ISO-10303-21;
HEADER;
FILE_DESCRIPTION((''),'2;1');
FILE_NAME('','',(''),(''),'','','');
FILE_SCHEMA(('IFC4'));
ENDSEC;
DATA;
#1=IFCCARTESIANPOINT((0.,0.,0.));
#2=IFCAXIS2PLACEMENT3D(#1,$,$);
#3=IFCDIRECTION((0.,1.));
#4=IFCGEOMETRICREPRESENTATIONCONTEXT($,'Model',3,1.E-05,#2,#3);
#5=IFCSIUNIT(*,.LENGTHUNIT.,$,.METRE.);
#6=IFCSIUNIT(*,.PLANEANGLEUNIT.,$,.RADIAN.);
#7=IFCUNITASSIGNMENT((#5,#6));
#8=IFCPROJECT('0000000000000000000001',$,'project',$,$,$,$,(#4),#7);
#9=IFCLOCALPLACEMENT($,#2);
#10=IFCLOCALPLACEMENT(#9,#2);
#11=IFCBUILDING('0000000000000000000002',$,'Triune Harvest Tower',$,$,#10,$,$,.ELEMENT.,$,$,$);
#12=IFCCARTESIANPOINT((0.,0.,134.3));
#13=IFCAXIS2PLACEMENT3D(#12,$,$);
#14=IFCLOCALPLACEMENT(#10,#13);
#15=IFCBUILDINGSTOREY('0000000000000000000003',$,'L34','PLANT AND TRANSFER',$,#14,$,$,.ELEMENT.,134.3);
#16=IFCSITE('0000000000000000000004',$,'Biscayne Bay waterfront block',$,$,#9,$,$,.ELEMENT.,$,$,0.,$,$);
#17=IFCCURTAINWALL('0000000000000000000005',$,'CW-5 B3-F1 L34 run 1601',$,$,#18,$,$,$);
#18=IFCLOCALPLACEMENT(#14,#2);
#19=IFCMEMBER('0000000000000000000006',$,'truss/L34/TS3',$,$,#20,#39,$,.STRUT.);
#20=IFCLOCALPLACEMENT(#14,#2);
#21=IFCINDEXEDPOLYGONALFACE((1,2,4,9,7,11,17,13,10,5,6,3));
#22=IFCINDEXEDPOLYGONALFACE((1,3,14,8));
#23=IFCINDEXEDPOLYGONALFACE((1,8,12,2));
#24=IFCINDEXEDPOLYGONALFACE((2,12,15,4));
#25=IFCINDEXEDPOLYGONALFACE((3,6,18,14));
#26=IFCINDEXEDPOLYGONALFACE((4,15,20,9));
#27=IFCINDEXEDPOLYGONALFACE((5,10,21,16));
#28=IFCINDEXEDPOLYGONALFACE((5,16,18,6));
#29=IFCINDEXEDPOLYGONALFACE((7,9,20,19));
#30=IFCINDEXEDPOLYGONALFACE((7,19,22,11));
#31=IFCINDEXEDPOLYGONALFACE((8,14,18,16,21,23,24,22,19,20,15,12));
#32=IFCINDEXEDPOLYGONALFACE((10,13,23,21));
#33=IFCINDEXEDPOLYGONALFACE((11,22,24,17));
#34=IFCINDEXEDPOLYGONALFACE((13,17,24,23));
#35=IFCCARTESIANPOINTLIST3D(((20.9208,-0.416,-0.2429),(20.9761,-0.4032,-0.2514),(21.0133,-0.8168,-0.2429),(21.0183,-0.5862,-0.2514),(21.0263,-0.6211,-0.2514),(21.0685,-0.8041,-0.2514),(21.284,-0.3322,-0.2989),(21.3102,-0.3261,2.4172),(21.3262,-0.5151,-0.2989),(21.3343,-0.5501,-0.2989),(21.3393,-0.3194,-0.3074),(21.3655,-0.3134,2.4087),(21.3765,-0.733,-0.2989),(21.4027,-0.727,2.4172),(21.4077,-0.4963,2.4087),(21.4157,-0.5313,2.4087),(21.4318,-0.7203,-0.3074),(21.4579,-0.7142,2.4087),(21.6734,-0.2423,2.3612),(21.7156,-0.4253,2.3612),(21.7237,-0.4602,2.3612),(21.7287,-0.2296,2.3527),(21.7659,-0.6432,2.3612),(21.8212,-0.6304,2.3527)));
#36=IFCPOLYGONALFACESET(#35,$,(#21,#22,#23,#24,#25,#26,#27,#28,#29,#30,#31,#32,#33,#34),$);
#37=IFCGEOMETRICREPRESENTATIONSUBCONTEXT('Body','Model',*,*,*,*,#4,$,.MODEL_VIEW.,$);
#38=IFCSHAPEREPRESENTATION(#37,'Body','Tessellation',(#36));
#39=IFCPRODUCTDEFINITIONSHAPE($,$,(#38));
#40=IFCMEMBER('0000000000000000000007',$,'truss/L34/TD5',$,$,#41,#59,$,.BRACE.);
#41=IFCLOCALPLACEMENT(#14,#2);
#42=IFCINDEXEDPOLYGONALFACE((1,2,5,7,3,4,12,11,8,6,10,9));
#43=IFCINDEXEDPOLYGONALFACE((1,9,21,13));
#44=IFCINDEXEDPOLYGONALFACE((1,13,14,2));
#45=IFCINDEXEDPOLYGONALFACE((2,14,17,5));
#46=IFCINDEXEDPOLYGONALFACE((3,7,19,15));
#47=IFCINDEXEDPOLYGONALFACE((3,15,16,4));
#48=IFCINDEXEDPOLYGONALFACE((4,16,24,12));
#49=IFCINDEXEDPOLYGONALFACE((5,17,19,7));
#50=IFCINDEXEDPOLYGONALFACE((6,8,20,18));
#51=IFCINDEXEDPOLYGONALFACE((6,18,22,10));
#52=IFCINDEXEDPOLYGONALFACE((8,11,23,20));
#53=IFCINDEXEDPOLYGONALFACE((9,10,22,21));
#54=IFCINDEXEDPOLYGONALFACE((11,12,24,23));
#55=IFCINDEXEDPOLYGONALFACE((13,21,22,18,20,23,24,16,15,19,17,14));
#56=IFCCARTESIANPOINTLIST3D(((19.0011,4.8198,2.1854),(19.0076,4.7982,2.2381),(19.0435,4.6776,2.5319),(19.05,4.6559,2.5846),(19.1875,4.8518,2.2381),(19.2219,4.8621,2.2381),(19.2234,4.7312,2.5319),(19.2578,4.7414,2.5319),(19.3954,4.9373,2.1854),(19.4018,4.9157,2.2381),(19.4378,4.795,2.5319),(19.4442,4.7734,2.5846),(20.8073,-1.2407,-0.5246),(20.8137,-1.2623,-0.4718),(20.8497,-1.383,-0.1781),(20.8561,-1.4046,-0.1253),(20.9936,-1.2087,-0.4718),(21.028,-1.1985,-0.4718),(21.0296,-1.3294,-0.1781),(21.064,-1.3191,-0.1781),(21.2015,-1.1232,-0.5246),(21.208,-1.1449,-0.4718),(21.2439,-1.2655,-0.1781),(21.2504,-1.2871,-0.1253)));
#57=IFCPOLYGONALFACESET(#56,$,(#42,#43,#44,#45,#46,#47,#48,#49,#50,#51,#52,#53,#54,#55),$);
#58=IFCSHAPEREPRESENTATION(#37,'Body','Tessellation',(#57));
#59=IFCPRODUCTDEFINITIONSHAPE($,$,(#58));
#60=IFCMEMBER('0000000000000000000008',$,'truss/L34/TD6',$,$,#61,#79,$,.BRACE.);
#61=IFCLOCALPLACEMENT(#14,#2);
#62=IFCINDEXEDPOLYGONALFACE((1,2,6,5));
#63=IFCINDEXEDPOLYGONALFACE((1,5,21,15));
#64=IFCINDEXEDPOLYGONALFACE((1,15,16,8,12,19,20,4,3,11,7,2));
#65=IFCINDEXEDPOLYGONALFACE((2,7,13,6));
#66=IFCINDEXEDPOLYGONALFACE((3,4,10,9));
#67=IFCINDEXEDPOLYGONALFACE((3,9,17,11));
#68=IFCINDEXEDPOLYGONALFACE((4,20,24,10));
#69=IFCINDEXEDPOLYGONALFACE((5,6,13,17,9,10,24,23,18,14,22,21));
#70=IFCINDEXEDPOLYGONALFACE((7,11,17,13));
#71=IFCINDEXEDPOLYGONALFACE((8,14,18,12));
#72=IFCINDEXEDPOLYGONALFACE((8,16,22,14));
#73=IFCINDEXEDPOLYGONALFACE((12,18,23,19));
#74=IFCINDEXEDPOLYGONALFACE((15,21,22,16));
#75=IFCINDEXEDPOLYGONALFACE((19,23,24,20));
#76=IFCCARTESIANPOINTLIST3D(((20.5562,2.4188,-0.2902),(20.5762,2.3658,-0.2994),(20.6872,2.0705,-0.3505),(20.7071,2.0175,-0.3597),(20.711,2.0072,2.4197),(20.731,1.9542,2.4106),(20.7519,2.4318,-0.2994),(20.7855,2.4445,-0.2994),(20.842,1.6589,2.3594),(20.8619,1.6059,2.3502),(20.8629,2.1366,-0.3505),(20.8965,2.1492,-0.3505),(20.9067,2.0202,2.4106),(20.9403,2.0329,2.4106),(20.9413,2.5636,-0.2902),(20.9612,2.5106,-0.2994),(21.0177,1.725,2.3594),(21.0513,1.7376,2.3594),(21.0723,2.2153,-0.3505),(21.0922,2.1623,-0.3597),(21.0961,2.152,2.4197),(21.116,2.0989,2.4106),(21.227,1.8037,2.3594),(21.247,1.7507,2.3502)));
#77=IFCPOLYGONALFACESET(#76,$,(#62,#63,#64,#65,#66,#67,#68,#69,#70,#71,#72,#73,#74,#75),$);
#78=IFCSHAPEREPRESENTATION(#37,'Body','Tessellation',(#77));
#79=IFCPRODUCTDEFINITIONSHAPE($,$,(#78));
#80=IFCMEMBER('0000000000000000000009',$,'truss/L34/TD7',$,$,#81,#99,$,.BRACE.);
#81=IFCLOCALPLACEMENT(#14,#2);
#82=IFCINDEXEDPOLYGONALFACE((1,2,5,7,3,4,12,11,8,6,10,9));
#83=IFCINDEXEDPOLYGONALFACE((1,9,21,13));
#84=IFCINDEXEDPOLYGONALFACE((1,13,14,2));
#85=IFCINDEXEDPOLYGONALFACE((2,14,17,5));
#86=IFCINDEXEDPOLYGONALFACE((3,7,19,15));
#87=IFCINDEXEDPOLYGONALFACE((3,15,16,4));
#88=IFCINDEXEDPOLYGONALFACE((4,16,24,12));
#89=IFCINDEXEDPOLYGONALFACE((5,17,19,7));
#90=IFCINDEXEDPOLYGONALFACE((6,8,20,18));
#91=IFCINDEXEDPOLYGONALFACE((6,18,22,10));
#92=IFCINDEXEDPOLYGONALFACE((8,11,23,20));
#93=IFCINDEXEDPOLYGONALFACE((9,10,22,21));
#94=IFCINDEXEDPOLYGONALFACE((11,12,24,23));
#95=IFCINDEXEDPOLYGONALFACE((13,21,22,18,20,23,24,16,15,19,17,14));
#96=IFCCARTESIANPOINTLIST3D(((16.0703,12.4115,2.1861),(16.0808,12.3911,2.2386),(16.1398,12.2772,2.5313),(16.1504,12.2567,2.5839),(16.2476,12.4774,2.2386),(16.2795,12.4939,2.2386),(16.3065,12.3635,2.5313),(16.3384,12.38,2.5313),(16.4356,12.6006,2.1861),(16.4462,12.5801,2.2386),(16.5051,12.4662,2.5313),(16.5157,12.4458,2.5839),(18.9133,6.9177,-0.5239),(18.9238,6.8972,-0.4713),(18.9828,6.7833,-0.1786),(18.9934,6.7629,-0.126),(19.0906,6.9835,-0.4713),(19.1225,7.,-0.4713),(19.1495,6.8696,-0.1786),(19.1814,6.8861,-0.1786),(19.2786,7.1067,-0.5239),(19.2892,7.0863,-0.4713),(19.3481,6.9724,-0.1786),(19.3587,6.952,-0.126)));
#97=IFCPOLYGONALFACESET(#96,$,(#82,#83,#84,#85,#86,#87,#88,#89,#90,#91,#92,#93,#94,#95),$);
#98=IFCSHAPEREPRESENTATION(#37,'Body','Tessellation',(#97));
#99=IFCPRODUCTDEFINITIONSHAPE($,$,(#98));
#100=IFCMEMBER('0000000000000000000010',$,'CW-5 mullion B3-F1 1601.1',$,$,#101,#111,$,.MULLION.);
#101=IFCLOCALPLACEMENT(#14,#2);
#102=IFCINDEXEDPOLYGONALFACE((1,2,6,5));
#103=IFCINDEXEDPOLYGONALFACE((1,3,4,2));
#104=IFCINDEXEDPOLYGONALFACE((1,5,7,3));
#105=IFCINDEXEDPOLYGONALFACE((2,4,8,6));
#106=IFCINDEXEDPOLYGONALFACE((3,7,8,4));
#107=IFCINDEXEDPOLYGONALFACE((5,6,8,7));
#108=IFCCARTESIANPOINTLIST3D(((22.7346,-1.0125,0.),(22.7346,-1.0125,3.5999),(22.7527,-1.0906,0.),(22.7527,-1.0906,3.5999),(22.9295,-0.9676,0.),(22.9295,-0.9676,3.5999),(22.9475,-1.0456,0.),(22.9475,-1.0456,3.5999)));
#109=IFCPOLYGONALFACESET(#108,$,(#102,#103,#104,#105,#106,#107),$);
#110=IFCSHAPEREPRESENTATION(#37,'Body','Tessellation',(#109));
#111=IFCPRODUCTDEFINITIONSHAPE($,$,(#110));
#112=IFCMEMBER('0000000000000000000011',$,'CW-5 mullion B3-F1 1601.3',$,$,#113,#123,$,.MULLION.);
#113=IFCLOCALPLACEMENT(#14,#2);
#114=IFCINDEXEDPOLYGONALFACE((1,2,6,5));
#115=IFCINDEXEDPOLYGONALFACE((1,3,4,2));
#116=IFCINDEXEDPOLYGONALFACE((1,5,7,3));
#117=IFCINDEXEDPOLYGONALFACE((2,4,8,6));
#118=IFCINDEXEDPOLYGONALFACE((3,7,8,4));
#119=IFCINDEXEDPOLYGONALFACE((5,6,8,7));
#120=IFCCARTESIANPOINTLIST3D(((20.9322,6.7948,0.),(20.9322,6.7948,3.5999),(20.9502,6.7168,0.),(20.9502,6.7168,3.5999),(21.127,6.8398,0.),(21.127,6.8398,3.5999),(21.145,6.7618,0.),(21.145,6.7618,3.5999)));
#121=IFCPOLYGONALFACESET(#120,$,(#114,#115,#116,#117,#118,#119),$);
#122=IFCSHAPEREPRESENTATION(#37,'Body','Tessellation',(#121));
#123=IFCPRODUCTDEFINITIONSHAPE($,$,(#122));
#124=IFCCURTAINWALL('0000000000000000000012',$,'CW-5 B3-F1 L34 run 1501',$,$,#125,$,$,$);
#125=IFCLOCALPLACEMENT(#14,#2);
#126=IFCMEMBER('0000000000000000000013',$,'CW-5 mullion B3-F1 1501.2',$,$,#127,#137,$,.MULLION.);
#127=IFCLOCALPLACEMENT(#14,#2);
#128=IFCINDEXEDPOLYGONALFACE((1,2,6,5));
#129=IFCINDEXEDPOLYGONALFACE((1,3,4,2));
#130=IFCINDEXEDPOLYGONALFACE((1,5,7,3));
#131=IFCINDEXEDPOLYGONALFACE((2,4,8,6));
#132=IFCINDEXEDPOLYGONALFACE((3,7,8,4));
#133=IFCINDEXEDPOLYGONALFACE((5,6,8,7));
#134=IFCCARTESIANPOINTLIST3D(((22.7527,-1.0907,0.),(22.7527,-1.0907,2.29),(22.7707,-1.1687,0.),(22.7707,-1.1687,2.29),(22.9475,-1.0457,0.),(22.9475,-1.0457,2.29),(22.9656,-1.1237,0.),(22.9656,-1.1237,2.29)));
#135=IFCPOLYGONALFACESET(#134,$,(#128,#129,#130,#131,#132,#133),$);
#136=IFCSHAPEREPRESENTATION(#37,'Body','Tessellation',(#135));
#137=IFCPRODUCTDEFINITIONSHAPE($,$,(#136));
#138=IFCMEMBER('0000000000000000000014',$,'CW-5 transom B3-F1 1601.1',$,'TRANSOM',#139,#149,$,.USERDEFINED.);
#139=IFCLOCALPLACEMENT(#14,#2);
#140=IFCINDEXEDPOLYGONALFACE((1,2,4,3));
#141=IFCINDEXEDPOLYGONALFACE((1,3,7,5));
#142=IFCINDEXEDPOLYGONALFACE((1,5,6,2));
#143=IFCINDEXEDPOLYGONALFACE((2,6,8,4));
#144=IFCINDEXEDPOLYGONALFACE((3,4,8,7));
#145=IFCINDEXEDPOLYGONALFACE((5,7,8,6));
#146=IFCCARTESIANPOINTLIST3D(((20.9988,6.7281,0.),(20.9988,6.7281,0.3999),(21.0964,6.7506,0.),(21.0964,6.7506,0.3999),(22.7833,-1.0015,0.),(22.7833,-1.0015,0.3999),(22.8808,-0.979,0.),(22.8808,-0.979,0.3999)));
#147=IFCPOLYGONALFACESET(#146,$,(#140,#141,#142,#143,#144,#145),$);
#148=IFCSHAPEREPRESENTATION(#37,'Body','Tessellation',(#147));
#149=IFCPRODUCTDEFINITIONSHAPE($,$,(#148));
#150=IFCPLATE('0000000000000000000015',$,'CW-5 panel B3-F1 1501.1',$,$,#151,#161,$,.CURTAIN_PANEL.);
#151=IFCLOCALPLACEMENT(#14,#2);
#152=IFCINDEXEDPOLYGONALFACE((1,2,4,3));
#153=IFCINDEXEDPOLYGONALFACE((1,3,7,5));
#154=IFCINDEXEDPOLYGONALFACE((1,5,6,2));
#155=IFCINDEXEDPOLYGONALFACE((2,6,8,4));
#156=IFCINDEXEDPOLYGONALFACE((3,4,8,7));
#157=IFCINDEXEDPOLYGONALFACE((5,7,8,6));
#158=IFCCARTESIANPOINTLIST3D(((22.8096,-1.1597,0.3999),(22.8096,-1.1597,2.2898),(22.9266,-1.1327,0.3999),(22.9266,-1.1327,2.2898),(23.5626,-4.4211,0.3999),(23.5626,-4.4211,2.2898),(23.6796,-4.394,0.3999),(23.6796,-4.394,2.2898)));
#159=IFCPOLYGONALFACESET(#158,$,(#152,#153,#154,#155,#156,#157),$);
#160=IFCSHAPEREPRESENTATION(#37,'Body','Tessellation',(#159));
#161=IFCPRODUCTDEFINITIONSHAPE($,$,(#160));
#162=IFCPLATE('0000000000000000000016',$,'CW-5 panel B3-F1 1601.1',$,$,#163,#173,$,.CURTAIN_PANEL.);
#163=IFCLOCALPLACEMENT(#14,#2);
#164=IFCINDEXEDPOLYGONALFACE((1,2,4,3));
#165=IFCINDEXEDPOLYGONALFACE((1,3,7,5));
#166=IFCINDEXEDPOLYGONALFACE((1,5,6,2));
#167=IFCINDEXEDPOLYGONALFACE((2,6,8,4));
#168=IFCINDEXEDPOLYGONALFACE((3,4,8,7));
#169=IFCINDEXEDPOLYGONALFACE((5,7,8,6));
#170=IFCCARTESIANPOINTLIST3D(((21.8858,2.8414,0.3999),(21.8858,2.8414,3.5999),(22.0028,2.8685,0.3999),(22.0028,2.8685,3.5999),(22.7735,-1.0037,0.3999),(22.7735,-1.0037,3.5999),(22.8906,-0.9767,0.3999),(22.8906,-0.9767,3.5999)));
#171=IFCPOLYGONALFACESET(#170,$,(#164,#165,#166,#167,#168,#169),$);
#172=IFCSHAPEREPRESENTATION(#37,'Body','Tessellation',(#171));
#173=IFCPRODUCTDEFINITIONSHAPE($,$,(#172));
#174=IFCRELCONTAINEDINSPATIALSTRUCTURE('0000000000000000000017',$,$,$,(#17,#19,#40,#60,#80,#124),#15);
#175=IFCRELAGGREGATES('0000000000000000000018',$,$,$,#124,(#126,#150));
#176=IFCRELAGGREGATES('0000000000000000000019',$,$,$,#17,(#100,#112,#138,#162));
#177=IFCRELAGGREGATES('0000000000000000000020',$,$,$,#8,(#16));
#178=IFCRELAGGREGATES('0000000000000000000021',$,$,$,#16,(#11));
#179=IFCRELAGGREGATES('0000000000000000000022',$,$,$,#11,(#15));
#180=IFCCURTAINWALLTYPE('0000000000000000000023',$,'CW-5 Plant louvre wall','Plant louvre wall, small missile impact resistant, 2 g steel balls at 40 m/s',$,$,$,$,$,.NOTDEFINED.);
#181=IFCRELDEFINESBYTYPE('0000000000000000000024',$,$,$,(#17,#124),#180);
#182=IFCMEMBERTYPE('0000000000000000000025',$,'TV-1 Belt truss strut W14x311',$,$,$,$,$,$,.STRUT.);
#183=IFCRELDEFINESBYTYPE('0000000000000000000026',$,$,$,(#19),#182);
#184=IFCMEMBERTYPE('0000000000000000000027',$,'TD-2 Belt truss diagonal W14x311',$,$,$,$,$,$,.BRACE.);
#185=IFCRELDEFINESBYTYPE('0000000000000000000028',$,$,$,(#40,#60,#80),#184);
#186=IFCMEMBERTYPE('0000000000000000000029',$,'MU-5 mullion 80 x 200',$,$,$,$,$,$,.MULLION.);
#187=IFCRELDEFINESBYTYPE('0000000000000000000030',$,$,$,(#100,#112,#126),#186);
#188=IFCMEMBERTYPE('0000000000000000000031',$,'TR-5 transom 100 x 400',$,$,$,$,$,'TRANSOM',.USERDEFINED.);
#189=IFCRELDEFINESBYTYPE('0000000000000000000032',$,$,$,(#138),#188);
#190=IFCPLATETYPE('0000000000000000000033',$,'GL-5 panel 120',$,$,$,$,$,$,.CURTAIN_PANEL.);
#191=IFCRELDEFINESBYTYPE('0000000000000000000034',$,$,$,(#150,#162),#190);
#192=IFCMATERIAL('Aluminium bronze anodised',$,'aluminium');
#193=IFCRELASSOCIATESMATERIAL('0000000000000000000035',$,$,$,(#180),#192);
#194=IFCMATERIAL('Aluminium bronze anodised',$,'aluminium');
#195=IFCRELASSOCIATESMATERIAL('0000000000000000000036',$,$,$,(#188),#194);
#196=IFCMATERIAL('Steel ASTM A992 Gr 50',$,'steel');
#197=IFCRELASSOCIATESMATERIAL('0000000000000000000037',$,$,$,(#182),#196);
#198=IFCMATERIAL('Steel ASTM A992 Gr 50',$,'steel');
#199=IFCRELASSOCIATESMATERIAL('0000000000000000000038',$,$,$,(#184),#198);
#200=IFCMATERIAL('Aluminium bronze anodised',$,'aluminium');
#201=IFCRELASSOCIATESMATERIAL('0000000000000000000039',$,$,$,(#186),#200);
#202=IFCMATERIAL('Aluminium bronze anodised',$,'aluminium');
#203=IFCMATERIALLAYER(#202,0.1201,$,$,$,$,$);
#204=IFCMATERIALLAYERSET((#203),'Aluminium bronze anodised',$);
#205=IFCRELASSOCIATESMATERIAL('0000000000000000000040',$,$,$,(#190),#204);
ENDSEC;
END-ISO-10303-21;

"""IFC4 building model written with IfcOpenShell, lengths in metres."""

from ifc_helpers import new_model, si_unit, direction, frame, origin, origin_2d, place, context, subcontext, project, spatial, rectangle, i_section, extrude, source, transform, mapped, material, layer, layer_set, material_profile, profile_set, type_object, element, aggregate, save


model = new_model("IFC4")

# Units and contexts
model_context = context("Model", 3, precision=1e-05, world=origin(), true_north=direction((0.0, 1.0)))
body_context = subcontext(model_context, "Body", "Model", "MODEL_VIEW")
ifc_project = project(units=[si_unit("LENGTHUNIT", "METRE"), si_unit("PLANEANGLEUNIT", "RADIAN")], contexts=[model_context])

# Site, building, storey
site_placement = place(None, origin())
site = spatial("IfcSite", under=ifc_project, at=site_placement, Name="Biscayne Bay waterfront block", CompositionType="ELEMENT", RefElevation=0.0)
building_placement = place(site_placement, origin())
building = spatial("IfcBuilding", under=site, at=building_placement, Name="Triune Harvest Tower", CompositionType="ELEMENT")
storey_placement = place(building_placement, frame((0.0, 0.0, 134.3)))
storey = spatial("IfcBuildingStorey", under=building, at=storey_placement, Name="L34", Description="PLANT AND TRANSFER", CompositionType="ELEMENT", Elevation=134.3)

# Curtain wall
ifc_material_1 = material(Name="Aluminium bronze anodised", Category="aluminium")
curtain_wall_type = type_object("IfcCurtainWallType", Name="CW-5 Plant louvre wall", Description="Plant louvre wall, small missile impact resistant, 2 g steel balls at 40 m/s", PredefinedType="NOTDEFINED", material=ifc_material_1)
curtain_wall_1_placement = place(storey_placement, origin())
curtain_wall_1 = element("IfcCurtainWall", 1, at=curtain_wall_1_placement, inside=storey, type_object=curtain_wall_type, Name="CW-5 B3-F1 L34 run 1601")
ifc_material_2 = material(Name="Aluminium bronze anodised", Category="aluminium")
ifc_material_profile_1 = material_profile(ifc_material_2, rectangle(XDim=0.1001, YDim=0.3999, at=origin_2d()), Name="TR-5 transom 100 x 400")
ifc_profile_set_1 = profile_set([ifc_material_profile_1], Name="Aluminium bronze anodised")
member_type_1 = type_object("IfcMemberType", Name="TR-5 transom 100 x 400", ElementType="TRANSOM", PredefinedType="USERDEFINED", material=ifc_profile_set_1)

# Members
ifc_material_3 = material(Name="Steel ASTM A992 Gr 50", Category="steel")
ifc_material_profile_2 = material_profile(ifc_material_3, i_section(OverallWidth=0.4114, OverallDepth=0.4343, WebThickness=0.0359, FlangeThickness=0.0574, at=origin_2d()), Name="W14x311")
ifc_profile_set_2 = profile_set([ifc_material_profile_2], Name="Steel ASTM A992 Gr 50")
member_type_2 = type_object("IfcMemberType", Name="TV-1 Belt truss strut W14x311", PredefinedType="STRUT", material=ifc_profile_set_2)
shared_shape_1 = source(origin(), body_context, "Body", "SweptSolid", [
    extrude(i_section(OverallWidth=0.4114, OverallDepth=0.4343, WebThickness=0.0359, FlangeThickness=0.0574, at=origin_2d()), origin(), (0.0, 0.0, 1.0), 2.6899),
])
member_1_placement = place(storey_placement, frame((21.1763, -0.5681, -0.2751), z_axis=(0.14476, 0.033399, 0.988903), x_axis=(-0.224815, 0.974401, 0.0)))
element("IfcMember", 2, at=member_1_placement, inside=storey, type_object=member_type_2, Name="truss/L34/TS3", PredefinedType="STRUT", context=body_context, shape_type="MappedRepresentation", body=[
    mapped(shared_shape_1, transform((0.0, 0.0, 0.0), scale=1.0)),
])
ifc_material_4 = material(Name="Steel ASTM A992 Gr 50", Category="steel")
ifc_material_profile_3 = material_profile(ifc_material_4, i_section(OverallWidth=0.4114, OverallDepth=0.4343, WebThickness=0.0359, FlangeThickness=0.0574, at=origin_2d()), Name="W14x311")
ifc_profile_set_3 = profile_set([ifc_material_profile_3], Name="Steel ASTM A992 Gr 50")
member_type_3 = type_object("IfcMemberType", Name="TD-2 Belt truss diagonal W14x311", PredefinedType="BRACE", material=ifc_profile_set_3)
shared_shape_2 = source(origin(), body_context, "Body", "SweptSolid", [
    extrude(i_section(OverallWidth=0.4114, OverallDepth=0.4343, WebThickness=0.0359, FlangeThickness=0.0574, at=origin_2d()), origin(), (0.0, 0.0, 1.0), 6.8801),
])
member_2_placement = place(storey_placement, frame((21.0288, -1.2639, -0.325), z_axis=(-0.262517, 0.880876, 0.393882), x_axis=(-0.958347, -0.285605, 0.0)))
element("IfcMember", 3, at=member_2_placement, inside=storey, type_object=member_type_3, Name="truss/L34/TD5", PredefinedType="BRACE", context=body_context, shape_type="MappedRepresentation", body=[
    mapped(shared_shape_2, transform((0.0, 0.0, 0.0), scale=1.0)),
])
shared_shape_3 = source(origin(), body_context, "Body", "SweptSolid", [
    extrude(i_section(OverallWidth=0.4114, OverallDepth=0.4343, WebThickness=0.0359, FlangeThickness=0.0574, at=origin_2d()), origin(), (0.0, 0.0, 1.0), 2.7454),
])
member_3_placement = place(storey_placement, frame((20.8242, 2.2905, -0.325), z_axis=(0.05638, -0.149931, 0.987088), x_axis=(0.936009, 0.351975, 0.0)))
element("IfcMember", 4, at=member_3_placement, inside=storey, type_object=member_type_3, Name="truss/L34/TD6", PredefinedType="BRACE", context=body_context, shape_type="MappedRepresentation", body=[
    mapped(shared_shape_3, transform((0.0, 0.0, 0.0), scale=1.0)),
])
shared_shape_4 = source(origin(), body_context, "Body", "SweptSolid", [
    extrude(i_section(OverallWidth=0.4114, OverallDepth=0.4343, WebThickness=0.0359, FlangeThickness=0.0574, at=origin_2d()), origin(), (0.0, 0.0, 1.0), 6.7534),
])
member_4_placement = place(storey_placement, frame((19.136, 6.9348, -0.325), z_axis=(-0.420971, 0.813491, 0.401269), x_axis=(-0.888129, -0.459595, 0.0)))
element("IfcMember", 5, at=member_4_placement, inside=storey, type_object=member_type_3, Name="truss/L34/TD7", PredefinedType="BRACE", context=body_context, shape_type="MappedRepresentation", body=[
    mapped(shared_shape_4, transform((0.0, 0.0, 0.0), scale=1.0)),
])

# Members
ifc_material_5 = material(Name="Aluminium bronze anodised", Category="aluminium")
ifc_material_profile_4 = material_profile(ifc_material_5, rectangle(XDim=0.2, YDim=0.0801, at=origin_2d()), Name="MU-5 mullion 80 x 200")
ifc_profile_set_4 = profile_set([ifc_material_profile_4], Name="Aluminium bronze anodised")
member_type_4 = type_object("IfcMemberType", Name="MU-5 mullion 80 x 200", PredefinedType="MULLION", material=ifc_profile_set_4)
shared_shape_5 = source(origin(), body_context, "Body", "SweptSolid", [
    extrude(rectangle(XDim=0.2, YDim=0.0801, at=origin_2d()), origin(), (0.0, 0.0, 1.0), 3.5999),
])
member_5_placement = place(storey_placement, frame((22.8411, -1.0291, 0.0), z_axis=(0.0, 0.0, 1.0), x_axis=(-0.97437, -0.224951, 0.0)))
member_5 = element("IfcMember", 6, at=member_5_placement, type_object=member_type_4, Name="CW-5 mullion B3-F1 1601.1", PredefinedType="MULLION", context=body_context, shape_type="MappedRepresentation", body=[
    mapped(shared_shape_5, transform((0.0, 0.0, 0.0), scale=1.0)),
])
member_6_placement = place(storey_placement, frame((21.0386, 6.7783, 0.0), z_axis=(0.0, 0.0, 1.0), x_axis=(-0.97437, -0.224951, 0.0)))
member_6 = element("IfcMember", 7, at=member_6_placement, type_object=member_type_4, Name="CW-5 mullion B3-F1 1601.3", PredefinedType="MULLION", context=body_context, shape_type="MappedRepresentation", body=[
    mapped(shared_shape_5, transform((0.0, 0.0, 0.0), scale=1.0)),
])

# Curtain wall, member
curtain_wall_2_placement = place(storey_placement, origin())
curtain_wall_2 = element("IfcCurtainWall", 8, at=curtain_wall_2_placement, inside=storey, type_object=curtain_wall_type, Name="CW-5 B3-F1 L34 run 1501")
shared_shape_6 = source(origin(), body_context, "Body", "SweptSolid", [
    extrude(rectangle(XDim=0.2, YDim=0.0801, at=origin_2d()), origin(), (0.0, 0.0, 1.0), 2.29),
])
member_7_placement = place(storey_placement, frame((22.8591, -1.1072, 0.0), z_axis=(0.0, 0.0, 1.0), x_axis=(-0.974367, -0.224966, 0.0)))
member_7 = element("IfcMember", 9, at=member_7_placement, type_object=member_type_4, Name="CW-5 mullion B3-F1 1501.2", PredefinedType="MULLION", context=body_context, shape_type="MappedRepresentation", body=[
    mapped(shared_shape_6, transform((0.0, 0.0, 0.0), scale=1.0)),
])

# Member
shared_shape_7 = source(origin(), body_context, "Body", "SweptSolid", [
    extrude(rectangle(XDim=0.1001, YDim=0.3999, at=origin_2d()), origin(), (0.0, 0.0, 1.0), 7.9329),
])
member_8_placement = place(storey_placement, frame((22.832, -0.9902, 0.2), z_axis=(-0.224943, 0.974372, 0.0), x_axis=(-0.974372, -0.224943, 0.0)))
member_8 = element("IfcMember", 10, at=member_8_placement, type_object=member_type_1, Name="CW-5 transom B3-F1 1601.1", ObjectType="TRANSOM", PredefinedType="USERDEFINED", context=body_context, shape_type="MappedRepresentation", body=[
    mapped(shared_shape_7, transform((0.0, 0.0, 0.0), scale=1.0)),
])

# Plates
ifc_material_6 = material(Name="Aluminium bronze anodised", Category="aluminium")
ifc_layer_1 = layer(ifc_material_6, 0.1201)
ifc_layer_set_1 = layer_set([ifc_layer_1], Name="Aluminium bronze anodised")
plate_type = type_object("IfcPlateType", Name="GL-5 panel 120", PredefinedType="CURTAIN_PANEL", material=ifc_layer_set_1)
plate_1_placement = place(storey_placement, frame((23.2446, -2.7769, 0.3999), z_axis=(0.0, 0.0, 1.0), x_axis=(-0.224966, 0.974367, 0.0)))
plate_1 = element("IfcPlate", 11, at=plate_1_placement, type_object=plate_type, Name="CW-5 panel B3-F1 1501.1", PredefinedType="CURTAIN_PANEL", context=body_context, shape_type="SweptSolid", body=[
    extrude(rectangle(XDim=3.3472, YDim=0.1201, at=origin_2d()), origin(), (0.0, 0.0, 1.0), 1.8899),
])
aggregate(curtain_wall_2, [member_7, plate_1])
shared_shape_8 = source(origin(), body_context, "Body", "SweptSolid", [
    extrude(rectangle(XDim=3.9463, YDim=0.1201, at=origin_2d()), origin(), (0.0, 0.0, 1.0), 3.2),
])
plate_2_placement = place(storey_placement, frame((22.3882, 0.9324, 0.3999), z_axis=(0.0, 0.0, 1.0), x_axis=(-0.224951, 0.97437, 0.0)))
plate_2 = element("IfcPlate", 12, at=plate_2_placement, type_object=plate_type, Name="CW-5 panel B3-F1 1601.1", PredefinedType="CURTAIN_PANEL", context=body_context, shape_type="MappedRepresentation", body=[
    mapped(shared_shape_8, transform((0.0, 0.0, 0.0), scale=1.0)),
])
aggregate(curtain_wall_1, [member_5, member_6, member_8, plate_2])

save(model, "model.ifc")
